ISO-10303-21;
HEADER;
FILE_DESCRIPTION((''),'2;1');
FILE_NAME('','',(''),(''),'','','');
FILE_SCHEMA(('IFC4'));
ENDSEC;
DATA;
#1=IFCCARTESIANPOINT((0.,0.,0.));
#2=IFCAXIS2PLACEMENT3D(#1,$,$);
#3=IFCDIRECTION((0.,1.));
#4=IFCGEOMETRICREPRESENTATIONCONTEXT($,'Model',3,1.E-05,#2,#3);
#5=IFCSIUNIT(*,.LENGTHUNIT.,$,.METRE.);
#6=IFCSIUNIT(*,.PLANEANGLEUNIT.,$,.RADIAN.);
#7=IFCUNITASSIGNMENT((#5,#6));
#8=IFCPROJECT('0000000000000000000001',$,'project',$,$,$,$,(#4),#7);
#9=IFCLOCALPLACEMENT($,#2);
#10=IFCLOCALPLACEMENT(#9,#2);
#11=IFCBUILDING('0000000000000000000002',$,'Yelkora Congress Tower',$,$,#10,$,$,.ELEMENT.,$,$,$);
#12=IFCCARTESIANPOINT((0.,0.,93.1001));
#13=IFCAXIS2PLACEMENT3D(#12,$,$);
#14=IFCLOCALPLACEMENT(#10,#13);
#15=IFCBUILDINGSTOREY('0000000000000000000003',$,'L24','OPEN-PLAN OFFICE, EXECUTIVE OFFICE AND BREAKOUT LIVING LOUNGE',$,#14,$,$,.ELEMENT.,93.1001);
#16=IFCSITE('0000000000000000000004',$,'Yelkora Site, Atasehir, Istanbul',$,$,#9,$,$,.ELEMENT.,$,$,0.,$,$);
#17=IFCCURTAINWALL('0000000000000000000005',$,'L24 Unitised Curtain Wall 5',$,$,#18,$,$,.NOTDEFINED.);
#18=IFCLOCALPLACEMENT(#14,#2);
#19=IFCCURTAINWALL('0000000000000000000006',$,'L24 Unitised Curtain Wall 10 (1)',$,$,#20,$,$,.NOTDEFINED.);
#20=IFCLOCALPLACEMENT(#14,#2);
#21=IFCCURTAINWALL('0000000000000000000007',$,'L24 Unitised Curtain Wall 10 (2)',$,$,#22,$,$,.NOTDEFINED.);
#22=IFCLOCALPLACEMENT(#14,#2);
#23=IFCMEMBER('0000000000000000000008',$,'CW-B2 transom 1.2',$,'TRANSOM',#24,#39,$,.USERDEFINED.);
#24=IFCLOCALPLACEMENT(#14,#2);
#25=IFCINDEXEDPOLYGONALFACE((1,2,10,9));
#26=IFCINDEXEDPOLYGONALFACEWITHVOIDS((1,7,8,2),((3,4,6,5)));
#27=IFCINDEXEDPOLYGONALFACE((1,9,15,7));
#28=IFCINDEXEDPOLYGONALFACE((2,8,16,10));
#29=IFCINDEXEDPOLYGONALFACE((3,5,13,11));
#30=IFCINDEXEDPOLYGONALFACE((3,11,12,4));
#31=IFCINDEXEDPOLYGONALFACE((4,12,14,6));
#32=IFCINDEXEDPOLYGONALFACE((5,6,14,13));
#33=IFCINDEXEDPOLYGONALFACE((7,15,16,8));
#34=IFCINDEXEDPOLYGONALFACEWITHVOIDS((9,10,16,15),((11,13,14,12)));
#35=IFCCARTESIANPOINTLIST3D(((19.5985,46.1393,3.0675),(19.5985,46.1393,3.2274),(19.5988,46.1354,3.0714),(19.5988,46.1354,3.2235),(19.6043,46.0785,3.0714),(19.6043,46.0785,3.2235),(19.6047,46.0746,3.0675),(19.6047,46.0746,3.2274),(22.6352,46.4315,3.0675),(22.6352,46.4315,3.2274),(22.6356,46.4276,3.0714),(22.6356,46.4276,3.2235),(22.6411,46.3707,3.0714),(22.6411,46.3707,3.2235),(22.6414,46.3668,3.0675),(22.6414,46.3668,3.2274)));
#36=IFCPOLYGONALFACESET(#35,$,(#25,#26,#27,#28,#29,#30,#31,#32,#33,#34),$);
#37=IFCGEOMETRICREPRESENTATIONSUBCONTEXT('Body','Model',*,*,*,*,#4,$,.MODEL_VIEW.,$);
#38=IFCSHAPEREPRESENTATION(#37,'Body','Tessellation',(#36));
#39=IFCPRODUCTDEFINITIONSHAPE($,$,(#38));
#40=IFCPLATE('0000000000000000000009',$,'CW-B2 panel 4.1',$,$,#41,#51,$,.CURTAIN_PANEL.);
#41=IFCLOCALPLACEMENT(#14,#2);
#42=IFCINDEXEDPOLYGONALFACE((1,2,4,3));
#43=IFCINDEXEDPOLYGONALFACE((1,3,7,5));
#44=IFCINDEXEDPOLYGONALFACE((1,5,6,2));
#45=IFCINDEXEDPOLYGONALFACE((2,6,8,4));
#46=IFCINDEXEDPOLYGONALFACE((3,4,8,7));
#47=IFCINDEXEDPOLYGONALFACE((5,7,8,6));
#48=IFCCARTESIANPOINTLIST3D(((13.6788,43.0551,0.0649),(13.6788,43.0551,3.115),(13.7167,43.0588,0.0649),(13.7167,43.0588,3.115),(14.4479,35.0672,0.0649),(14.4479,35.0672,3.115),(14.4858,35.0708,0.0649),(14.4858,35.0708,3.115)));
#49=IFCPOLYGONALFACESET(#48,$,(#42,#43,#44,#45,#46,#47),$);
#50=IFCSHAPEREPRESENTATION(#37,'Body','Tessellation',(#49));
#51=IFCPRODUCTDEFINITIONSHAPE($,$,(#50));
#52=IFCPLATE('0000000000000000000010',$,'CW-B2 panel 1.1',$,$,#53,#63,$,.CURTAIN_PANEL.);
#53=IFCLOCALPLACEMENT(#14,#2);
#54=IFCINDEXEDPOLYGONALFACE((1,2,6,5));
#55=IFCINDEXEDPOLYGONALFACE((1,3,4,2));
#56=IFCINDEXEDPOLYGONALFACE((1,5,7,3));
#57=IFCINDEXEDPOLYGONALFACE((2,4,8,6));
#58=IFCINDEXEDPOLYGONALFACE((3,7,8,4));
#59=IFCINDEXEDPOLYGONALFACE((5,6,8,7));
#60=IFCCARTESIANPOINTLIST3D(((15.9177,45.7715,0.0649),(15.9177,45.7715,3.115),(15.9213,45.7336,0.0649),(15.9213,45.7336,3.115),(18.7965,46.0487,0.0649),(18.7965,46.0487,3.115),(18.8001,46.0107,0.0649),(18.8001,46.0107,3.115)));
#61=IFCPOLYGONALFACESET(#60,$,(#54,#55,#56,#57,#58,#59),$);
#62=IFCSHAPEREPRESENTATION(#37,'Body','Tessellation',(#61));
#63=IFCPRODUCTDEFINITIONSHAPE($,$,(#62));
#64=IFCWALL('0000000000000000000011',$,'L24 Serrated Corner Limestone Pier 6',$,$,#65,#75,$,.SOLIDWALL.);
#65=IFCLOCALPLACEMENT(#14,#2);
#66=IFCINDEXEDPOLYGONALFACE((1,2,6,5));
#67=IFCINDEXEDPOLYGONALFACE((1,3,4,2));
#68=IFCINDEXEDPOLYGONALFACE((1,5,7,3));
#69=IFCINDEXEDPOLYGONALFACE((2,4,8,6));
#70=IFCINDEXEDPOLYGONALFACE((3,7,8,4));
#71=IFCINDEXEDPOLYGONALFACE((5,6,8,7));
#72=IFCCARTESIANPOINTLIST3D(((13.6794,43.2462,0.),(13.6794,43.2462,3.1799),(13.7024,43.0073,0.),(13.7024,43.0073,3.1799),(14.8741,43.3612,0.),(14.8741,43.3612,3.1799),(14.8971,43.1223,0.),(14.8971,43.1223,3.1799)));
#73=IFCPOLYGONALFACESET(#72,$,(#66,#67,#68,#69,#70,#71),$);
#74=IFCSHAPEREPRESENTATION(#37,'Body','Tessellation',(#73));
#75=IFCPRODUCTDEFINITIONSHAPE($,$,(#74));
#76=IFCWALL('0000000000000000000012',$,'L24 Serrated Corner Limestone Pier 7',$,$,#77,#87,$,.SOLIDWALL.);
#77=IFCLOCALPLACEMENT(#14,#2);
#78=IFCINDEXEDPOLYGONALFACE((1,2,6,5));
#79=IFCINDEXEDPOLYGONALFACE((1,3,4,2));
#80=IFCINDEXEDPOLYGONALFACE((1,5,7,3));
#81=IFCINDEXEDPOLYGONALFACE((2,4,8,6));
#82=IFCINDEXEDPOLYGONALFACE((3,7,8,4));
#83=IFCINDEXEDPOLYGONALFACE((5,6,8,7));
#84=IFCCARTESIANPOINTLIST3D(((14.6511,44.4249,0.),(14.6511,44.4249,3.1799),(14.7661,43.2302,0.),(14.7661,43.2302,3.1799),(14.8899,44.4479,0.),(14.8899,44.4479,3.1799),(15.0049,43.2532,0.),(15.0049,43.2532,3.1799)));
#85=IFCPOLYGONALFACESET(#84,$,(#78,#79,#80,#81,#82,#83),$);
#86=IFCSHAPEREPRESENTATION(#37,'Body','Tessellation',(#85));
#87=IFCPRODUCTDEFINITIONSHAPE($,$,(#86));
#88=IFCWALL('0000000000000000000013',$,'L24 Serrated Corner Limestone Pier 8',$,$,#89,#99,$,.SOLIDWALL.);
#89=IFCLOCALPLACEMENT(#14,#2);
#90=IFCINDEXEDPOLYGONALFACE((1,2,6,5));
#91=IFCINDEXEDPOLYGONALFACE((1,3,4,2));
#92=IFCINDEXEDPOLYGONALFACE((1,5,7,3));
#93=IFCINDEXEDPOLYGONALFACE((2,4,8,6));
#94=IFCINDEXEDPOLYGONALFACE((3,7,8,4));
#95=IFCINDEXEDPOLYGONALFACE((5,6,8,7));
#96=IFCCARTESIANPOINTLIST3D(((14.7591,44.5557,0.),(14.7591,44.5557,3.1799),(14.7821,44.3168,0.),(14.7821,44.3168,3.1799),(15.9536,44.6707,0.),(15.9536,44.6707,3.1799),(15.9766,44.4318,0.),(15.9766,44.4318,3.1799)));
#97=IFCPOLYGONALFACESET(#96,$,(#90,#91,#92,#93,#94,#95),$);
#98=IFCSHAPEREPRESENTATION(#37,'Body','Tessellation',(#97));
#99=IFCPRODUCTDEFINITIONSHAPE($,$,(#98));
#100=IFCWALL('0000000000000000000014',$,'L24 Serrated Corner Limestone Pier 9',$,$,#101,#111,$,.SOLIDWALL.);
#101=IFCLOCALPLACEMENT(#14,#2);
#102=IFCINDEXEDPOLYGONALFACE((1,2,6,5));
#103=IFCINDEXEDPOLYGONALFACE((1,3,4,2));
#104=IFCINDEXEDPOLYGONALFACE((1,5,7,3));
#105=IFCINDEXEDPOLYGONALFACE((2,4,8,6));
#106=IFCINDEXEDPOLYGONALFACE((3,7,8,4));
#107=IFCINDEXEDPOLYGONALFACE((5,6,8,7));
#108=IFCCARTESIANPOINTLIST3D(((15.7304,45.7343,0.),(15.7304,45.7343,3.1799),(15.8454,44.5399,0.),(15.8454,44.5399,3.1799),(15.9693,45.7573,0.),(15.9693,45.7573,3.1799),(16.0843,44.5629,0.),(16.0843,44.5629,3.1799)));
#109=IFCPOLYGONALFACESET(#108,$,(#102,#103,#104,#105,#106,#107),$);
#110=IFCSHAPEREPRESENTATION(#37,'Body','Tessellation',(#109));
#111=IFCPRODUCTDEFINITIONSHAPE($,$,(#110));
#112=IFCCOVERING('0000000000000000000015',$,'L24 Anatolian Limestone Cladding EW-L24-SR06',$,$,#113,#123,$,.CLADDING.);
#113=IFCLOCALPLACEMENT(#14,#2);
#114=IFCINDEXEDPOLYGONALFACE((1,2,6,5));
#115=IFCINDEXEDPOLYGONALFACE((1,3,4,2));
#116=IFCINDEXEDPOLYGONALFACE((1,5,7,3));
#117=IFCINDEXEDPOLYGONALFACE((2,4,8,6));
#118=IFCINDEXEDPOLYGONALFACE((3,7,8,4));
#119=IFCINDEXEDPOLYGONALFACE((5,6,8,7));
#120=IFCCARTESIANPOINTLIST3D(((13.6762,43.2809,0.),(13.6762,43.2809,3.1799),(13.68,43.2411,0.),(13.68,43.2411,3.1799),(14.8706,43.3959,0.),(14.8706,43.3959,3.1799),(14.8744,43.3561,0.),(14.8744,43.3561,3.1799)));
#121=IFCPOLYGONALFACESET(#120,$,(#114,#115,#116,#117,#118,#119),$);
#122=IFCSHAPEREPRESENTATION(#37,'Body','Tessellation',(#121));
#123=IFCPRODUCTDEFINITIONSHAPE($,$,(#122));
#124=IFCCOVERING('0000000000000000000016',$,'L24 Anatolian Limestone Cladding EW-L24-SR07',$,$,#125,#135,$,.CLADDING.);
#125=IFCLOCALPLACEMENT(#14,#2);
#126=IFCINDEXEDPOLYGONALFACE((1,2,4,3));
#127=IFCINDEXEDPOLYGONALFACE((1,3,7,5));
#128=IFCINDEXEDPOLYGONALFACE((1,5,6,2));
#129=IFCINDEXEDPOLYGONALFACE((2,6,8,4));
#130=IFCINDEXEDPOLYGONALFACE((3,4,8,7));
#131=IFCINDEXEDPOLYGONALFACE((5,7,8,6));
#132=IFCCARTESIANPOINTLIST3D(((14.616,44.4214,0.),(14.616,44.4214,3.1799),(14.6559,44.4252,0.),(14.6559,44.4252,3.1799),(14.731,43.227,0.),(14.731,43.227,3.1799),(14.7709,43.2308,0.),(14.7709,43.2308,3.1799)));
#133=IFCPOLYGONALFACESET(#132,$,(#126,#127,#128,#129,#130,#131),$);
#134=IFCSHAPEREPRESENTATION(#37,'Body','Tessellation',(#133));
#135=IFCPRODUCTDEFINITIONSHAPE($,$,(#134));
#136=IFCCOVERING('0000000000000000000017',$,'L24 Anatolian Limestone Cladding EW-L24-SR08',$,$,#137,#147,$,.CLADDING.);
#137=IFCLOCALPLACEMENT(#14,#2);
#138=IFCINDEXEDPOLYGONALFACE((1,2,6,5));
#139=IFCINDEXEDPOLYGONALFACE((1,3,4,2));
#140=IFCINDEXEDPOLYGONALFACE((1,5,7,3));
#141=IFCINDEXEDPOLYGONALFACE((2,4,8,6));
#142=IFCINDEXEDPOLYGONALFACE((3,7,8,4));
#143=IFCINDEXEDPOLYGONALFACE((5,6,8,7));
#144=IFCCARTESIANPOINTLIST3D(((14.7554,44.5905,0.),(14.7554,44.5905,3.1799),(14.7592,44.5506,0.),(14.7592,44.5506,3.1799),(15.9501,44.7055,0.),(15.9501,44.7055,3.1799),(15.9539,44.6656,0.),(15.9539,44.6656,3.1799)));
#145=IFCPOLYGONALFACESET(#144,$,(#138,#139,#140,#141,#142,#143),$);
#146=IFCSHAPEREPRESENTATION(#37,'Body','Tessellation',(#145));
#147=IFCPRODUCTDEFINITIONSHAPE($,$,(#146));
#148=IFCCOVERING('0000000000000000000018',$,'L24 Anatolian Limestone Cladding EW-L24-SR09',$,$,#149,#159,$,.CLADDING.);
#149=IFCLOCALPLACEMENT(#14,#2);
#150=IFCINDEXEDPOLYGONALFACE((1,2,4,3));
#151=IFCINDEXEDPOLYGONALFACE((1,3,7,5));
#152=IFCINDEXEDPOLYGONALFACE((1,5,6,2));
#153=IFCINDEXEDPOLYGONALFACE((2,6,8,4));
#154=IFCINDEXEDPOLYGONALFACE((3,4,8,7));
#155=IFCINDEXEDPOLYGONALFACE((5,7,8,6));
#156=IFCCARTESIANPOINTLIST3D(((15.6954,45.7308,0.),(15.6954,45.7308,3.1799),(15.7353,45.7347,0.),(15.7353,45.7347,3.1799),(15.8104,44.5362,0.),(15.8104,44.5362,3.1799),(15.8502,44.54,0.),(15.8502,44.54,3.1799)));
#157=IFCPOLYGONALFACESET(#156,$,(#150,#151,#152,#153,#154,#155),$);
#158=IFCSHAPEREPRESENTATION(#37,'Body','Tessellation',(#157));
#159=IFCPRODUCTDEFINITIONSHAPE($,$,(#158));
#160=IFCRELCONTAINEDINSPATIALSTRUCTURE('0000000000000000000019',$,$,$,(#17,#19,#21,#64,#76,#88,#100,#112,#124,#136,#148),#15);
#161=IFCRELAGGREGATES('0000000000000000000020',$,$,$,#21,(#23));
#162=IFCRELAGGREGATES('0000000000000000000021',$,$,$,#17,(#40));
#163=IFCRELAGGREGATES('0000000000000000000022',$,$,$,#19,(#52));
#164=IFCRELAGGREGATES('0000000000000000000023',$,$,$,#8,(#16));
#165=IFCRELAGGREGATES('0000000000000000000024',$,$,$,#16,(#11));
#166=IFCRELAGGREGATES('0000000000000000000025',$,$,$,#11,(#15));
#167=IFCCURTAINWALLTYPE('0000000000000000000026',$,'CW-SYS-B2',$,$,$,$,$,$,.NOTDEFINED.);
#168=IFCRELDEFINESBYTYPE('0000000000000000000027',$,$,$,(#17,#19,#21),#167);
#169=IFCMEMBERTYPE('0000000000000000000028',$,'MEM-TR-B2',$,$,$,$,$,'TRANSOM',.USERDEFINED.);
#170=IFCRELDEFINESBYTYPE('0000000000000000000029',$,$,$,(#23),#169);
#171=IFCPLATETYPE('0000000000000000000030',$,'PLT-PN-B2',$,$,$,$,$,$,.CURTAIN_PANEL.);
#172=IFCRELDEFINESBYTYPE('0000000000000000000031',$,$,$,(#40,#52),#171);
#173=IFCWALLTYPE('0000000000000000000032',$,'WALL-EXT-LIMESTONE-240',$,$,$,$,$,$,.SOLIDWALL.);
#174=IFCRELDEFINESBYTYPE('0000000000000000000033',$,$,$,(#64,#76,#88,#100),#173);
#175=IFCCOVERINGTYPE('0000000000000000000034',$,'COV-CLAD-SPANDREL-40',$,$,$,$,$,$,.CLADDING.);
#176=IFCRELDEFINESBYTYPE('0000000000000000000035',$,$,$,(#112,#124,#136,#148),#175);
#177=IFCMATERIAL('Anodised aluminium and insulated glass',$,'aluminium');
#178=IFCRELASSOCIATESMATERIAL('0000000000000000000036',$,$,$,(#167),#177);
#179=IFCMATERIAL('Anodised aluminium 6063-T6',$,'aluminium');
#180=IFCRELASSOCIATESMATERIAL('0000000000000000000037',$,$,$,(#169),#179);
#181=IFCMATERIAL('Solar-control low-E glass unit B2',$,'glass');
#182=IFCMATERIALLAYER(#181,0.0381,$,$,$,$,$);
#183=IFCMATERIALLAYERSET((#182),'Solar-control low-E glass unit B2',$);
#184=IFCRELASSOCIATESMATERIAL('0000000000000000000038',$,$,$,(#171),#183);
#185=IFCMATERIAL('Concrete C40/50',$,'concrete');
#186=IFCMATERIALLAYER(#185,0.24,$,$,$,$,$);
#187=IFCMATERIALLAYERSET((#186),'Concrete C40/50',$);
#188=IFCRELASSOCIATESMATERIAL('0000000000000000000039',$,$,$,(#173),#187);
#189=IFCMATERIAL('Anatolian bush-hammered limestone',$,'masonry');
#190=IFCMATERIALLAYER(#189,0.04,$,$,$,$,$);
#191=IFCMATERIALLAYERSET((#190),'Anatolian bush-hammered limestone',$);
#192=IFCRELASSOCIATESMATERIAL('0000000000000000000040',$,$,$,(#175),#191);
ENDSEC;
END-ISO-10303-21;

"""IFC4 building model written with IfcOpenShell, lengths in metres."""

from ifc_helpers import new_model, si_unit, direction, frame, frame_2d, origin, origin_2d, place, context, subcontext, project, spatial, rectangle, hollow_rectangle, extrude, material, layer, layer_set, material_profile, profile_set, type_object, element, aggregate, save


model = new_model("IFC4")

# Units and contexts
model_context = context("Model", 3, precision=1e-05, world=origin(), true_north=direction((0.0, 1.0)))
body_context = subcontext(model_context, "Body", "Model", "MODEL_VIEW")
ifc_project = project(units=[si_unit("LENGTHUNIT", "METRE"), si_unit("PLANEANGLEUNIT", "RADIAN")], contexts=[model_context])

# Site, building, storey
site_placement = place(None, origin())
site = spatial("IfcSite", under=ifc_project, at=site_placement, Name="Yelkora Site, Atasehir, Istanbul", CompositionType="ELEMENT", RefElevation=0.0)
building_placement = place(site_placement, origin())
building = spatial("IfcBuilding", under=site, at=building_placement, Name="Yelkora Congress Tower", CompositionType="ELEMENT")
storey_placement = place(building_placement, frame((0.0, 0.0, 93.1001)))
storey = spatial("IfcBuildingStorey", under=building, at=storey_placement, Name="L24", Description="OPEN-PLAN OFFICE, EXECUTIVE OFFICE AND BREAKOUT LIVING LOUNGE", CompositionType="ELEMENT", Elevation=93.1001)

# Curtain wall
ifc_material_1 = material(Name="Anodised aluminium and insulated glass", Category="aluminium")
curtain_wall_type = type_object("IfcCurtainWallType", Name="CW-SYS-B2", PredefinedType="NOTDEFINED", material=ifc_material_1)
curtain_wall_1_placement = place(storey_placement, origin())
curtain_wall_1 = element("IfcCurtainWall", 1, at=curtain_wall_1_placement, inside=storey, type_object=curtain_wall_type, Name="L24 Unitised Curtain Wall 5", PredefinedType="NOTDEFINED")
ifc_material_2 = material(Name="Anodised aluminium 6063-T6", Category="aluminium")

# Curtain wall
curtain_wall_2_placement = place(storey_placement, origin())
curtain_wall_2 = element("IfcCurtainWall", 2, at=curtain_wall_2_placement, inside=storey, type_object=curtain_wall_type, Name="L24 Unitised Curtain Wall 10 (1)", PredefinedType="NOTDEFINED")

# Curtain wall
curtain_wall_3_placement = place(storey_placement, origin())
curtain_wall_3 = element("IfcCurtainWall", 3, at=curtain_wall_3_placement, inside=storey, type_object=curtain_wall_type, Name="L24 Unitised Curtain Wall 10 (2)", PredefinedType="NOTDEFINED")

# Member
ifc_material_profile_1 = material_profile(ifc_material_2, hollow_rectangle(XDim=0.0649, YDim=0.1599, WallThickness=0.0039, at=origin_2d()), Name="ALU 65x160x4")
ifc_profile_set_1 = profile_set([ifc_material_profile_1], Name="Anodised aluminium 6063-T6")
member_type_1 = type_object("IfcMemberType", Name="MEM-TR-B2", ElementType="TRANSOM", PredefinedType="USERDEFINED", material=ifc_profile_set_1)
member_1_placement = place(storey_placement, frame((19.6016, 46.1069, 3.1475), z_axis=(0.995402, 0.095787, 0.0), x_axis=(-0.095787, 0.995402, 0.0)))
member_1 = element("IfcMember", 4, at=member_1_placement, type_object=member_type_1, Name="CW-B2 transom 1.2", ObjectType="TRANSOM", PredefinedType="USERDEFINED", context=body_context, shape_type="SweptSolid", body=[
    extrude(hollow_rectangle(XDim=0.0649, YDim=0.1599, WallThickness=0.0039, at=origin_2d()), origin(), (0.0, 0.0, 1.0), 3.0508),
])
aggregate(curtain_wall_3, [member_1])

# Plates
ifc_material_3 = material(Name="Solar-control low-E glass unit B2", Category="glass")
ifc_layer_1 = layer(ifc_material_3, 0.0381)
ifc_layer_set_1 = layer_set([ifc_layer_1], Name="Solar-control low-E glass unit B2")
plate_type = type_object("IfcPlateType", Name="PLT-PN-B2", PredefinedType="CURTAIN_PANEL", material=ifc_layer_set_1)
plate_1_placement = place(storey_placement, frame((14.0823, 39.063, 0.0649), z_axis=(0.0, 0.0, 1.0), x_axis=(-0.095843, 0.995397, 0.0)))
plate_1 = element("IfcPlate", 5, at=plate_1_placement, type_object=plate_type, Name="CW-B2 panel 4.1", PredefinedType="CURTAIN_PANEL", context=body_context, shape_type="SweptSolid", body=[
    extrude(rectangle(XDim=8.0249, YDim=0.0381, at=origin_2d()), origin(), (0.0, 0.0, 1.0), 3.05),
])
aggregate(curtain_wall_1, [plate_1])
plate_2_placement = place(storey_placement, frame((17.3589, 45.8911, 0.0649), z_axis=(0.0, 0.0, 1.0), x_axis=(0.995397, 0.095839, 0.0)))
plate_2 = element("IfcPlate", 6, at=plate_2_placement, type_object=plate_type, Name="CW-B2 panel 1.1", PredefinedType="CURTAIN_PANEL", context=body_context, shape_type="SweptSolid", body=[
    extrude(rectangle(XDim=2.8921, YDim=0.0381, at=origin_2d()), origin(), (0.0, 0.0, 1.0), 3.05),
])
aggregate(curtain_wall_2, [plate_2])

# Walls
ifc_material_4 = material(Name="Concrete C40/50", Category="concrete")
ifc_layer_2 = layer(ifc_material_4, 0.24)
ifc_layer_set_2 = layer_set([ifc_layer_2], Name="Concrete C40/50")
wall_type = type_object("IfcWallType", Name="WALL-EXT-LIMESTONE-240", PredefinedType="SOLIDWALL", material=ifc_layer_set_2)
for number, where, z_axis, x_axis, name in (
    (7, (13.6909, 43.1267, 0.0), (0.0, 0.0, 1.0), (0.995399, 0.095817, 0.0), "L24 Serrated Corner Limestone Pier 6"),
    (8, (14.8855, 43.2417, 0.0), (0.0, 0.0, 1.0), (-0.095817, 0.995399, 0.0), "L24 Serrated Corner Limestone Pier 7"),
):
    element("IfcWall", number, at=place(storey_placement, frame(where, z_axis=z_axis, x_axis=x_axis)), inside=storey, type_object=wall_type, Name=name, PredefinedType="SOLIDWALL", context=body_context, shape_type="SweptSolid", body=[
        extrude(rectangle(XDim=1.2002, YDim=0.24, at=frame_2d((0.6001, 0.0))), origin(), (0.0, 0.0, 1.0), 3.1799),
    ])
for number, where, z_axis, x_axis, name in (
    (9, (14.7705, 44.4363, 0.0), (0.0, 0.0, 1.0), (0.995397, 0.095836, 0.0), "L24 Serrated Corner Limestone Pier 8"),
    (10, (15.9648, 44.5513, 0.0), (0.0, 0.0, 1.0), (-0.095836, 0.995397, 0.0), "L24 Serrated Corner Limestone Pier 9"),
):
    element("IfcWall", number, at=place(storey_placement, frame(where, z_axis=z_axis, x_axis=x_axis)), inside=storey, type_object=wall_type, Name=name, PredefinedType="SOLIDWALL", context=body_context, shape_type="SweptSolid", body=[
        extrude(rectangle(XDim=1.2, YDim=0.24, at=frame_2d((0.6001, 0.0))), origin(), (0.0, 0.0, 1.0), 3.1799),
    ])

# Coverings
ifc_material_5 = material(Name="Anatolian bush-hammered limestone", Category="masonry")
ifc_layer_3 = layer(ifc_material_5, 0.04)
ifc_layer_set_3 = layer_set([ifc_layer_3], Name="Anatolian bush-hammered limestone")
covering_type = type_object("IfcCoveringType", Name="COV-CLAD-SPANDREL-40", PredefinedType="CLADDING", material=ifc_layer_set_3)
for number, where, z_axis, x_axis, name in (
    (11, (13.678, 43.261, 0.0), (0.0, 0.0, 1.0), (0.995397, 0.095836, 0.0), "L24 Anatolian Limestone Cladding EW-L24-SR06"),
    (12, (14.751, 43.2288, 0.0), (0.0, 0.0, 1.0), (-0.095836, 0.995397, 0.0), "L24 Anatolian Limestone Cladding EW-L24-SR07"),
):
    element("IfcCovering", number, at=place(storey_placement, frame(where, z_axis=z_axis, x_axis=x_axis)), inside=storey, type_object=covering_type, Name=name, PredefinedType="CLADDING", context=body_context, shape_type="SweptSolid", body=[
        extrude(rectangle(XDim=1.2, YDim=0.04, at=frame_2d((0.6001, 0.0))), origin(), (0.0, 0.0, 1.0), 3.1799),
    ])
for number, where, z_axis, x_axis, name in (
    (13, (14.7573, 44.5706, 0.0), (0.0, 0.0, 1.0), (0.995399, 0.095817, 0.0), "L24 Anatolian Limestone Cladding EW-L24-SR08"),
    (14, (15.8303, 44.5381, 0.0), (0.0, 0.0, 1.0), (-0.095817, 0.995399, 0.0), "L24 Anatolian Limestone Cladding EW-L24-SR09"),
):
    element("IfcCovering", number, at=place(storey_placement, frame(where, z_axis=z_axis, x_axis=x_axis)), inside=storey, type_object=covering_type, Name=name, PredefinedType="CLADDING", context=body_context, shape_type="SweptSolid", body=[
        extrude(rectangle(XDim=1.2002, YDim=0.04, at=frame_2d((0.6001, 0.0))), origin(), (0.0, 0.0, 1.0), 3.1799),
    ])

save(model, "model.ifc")
